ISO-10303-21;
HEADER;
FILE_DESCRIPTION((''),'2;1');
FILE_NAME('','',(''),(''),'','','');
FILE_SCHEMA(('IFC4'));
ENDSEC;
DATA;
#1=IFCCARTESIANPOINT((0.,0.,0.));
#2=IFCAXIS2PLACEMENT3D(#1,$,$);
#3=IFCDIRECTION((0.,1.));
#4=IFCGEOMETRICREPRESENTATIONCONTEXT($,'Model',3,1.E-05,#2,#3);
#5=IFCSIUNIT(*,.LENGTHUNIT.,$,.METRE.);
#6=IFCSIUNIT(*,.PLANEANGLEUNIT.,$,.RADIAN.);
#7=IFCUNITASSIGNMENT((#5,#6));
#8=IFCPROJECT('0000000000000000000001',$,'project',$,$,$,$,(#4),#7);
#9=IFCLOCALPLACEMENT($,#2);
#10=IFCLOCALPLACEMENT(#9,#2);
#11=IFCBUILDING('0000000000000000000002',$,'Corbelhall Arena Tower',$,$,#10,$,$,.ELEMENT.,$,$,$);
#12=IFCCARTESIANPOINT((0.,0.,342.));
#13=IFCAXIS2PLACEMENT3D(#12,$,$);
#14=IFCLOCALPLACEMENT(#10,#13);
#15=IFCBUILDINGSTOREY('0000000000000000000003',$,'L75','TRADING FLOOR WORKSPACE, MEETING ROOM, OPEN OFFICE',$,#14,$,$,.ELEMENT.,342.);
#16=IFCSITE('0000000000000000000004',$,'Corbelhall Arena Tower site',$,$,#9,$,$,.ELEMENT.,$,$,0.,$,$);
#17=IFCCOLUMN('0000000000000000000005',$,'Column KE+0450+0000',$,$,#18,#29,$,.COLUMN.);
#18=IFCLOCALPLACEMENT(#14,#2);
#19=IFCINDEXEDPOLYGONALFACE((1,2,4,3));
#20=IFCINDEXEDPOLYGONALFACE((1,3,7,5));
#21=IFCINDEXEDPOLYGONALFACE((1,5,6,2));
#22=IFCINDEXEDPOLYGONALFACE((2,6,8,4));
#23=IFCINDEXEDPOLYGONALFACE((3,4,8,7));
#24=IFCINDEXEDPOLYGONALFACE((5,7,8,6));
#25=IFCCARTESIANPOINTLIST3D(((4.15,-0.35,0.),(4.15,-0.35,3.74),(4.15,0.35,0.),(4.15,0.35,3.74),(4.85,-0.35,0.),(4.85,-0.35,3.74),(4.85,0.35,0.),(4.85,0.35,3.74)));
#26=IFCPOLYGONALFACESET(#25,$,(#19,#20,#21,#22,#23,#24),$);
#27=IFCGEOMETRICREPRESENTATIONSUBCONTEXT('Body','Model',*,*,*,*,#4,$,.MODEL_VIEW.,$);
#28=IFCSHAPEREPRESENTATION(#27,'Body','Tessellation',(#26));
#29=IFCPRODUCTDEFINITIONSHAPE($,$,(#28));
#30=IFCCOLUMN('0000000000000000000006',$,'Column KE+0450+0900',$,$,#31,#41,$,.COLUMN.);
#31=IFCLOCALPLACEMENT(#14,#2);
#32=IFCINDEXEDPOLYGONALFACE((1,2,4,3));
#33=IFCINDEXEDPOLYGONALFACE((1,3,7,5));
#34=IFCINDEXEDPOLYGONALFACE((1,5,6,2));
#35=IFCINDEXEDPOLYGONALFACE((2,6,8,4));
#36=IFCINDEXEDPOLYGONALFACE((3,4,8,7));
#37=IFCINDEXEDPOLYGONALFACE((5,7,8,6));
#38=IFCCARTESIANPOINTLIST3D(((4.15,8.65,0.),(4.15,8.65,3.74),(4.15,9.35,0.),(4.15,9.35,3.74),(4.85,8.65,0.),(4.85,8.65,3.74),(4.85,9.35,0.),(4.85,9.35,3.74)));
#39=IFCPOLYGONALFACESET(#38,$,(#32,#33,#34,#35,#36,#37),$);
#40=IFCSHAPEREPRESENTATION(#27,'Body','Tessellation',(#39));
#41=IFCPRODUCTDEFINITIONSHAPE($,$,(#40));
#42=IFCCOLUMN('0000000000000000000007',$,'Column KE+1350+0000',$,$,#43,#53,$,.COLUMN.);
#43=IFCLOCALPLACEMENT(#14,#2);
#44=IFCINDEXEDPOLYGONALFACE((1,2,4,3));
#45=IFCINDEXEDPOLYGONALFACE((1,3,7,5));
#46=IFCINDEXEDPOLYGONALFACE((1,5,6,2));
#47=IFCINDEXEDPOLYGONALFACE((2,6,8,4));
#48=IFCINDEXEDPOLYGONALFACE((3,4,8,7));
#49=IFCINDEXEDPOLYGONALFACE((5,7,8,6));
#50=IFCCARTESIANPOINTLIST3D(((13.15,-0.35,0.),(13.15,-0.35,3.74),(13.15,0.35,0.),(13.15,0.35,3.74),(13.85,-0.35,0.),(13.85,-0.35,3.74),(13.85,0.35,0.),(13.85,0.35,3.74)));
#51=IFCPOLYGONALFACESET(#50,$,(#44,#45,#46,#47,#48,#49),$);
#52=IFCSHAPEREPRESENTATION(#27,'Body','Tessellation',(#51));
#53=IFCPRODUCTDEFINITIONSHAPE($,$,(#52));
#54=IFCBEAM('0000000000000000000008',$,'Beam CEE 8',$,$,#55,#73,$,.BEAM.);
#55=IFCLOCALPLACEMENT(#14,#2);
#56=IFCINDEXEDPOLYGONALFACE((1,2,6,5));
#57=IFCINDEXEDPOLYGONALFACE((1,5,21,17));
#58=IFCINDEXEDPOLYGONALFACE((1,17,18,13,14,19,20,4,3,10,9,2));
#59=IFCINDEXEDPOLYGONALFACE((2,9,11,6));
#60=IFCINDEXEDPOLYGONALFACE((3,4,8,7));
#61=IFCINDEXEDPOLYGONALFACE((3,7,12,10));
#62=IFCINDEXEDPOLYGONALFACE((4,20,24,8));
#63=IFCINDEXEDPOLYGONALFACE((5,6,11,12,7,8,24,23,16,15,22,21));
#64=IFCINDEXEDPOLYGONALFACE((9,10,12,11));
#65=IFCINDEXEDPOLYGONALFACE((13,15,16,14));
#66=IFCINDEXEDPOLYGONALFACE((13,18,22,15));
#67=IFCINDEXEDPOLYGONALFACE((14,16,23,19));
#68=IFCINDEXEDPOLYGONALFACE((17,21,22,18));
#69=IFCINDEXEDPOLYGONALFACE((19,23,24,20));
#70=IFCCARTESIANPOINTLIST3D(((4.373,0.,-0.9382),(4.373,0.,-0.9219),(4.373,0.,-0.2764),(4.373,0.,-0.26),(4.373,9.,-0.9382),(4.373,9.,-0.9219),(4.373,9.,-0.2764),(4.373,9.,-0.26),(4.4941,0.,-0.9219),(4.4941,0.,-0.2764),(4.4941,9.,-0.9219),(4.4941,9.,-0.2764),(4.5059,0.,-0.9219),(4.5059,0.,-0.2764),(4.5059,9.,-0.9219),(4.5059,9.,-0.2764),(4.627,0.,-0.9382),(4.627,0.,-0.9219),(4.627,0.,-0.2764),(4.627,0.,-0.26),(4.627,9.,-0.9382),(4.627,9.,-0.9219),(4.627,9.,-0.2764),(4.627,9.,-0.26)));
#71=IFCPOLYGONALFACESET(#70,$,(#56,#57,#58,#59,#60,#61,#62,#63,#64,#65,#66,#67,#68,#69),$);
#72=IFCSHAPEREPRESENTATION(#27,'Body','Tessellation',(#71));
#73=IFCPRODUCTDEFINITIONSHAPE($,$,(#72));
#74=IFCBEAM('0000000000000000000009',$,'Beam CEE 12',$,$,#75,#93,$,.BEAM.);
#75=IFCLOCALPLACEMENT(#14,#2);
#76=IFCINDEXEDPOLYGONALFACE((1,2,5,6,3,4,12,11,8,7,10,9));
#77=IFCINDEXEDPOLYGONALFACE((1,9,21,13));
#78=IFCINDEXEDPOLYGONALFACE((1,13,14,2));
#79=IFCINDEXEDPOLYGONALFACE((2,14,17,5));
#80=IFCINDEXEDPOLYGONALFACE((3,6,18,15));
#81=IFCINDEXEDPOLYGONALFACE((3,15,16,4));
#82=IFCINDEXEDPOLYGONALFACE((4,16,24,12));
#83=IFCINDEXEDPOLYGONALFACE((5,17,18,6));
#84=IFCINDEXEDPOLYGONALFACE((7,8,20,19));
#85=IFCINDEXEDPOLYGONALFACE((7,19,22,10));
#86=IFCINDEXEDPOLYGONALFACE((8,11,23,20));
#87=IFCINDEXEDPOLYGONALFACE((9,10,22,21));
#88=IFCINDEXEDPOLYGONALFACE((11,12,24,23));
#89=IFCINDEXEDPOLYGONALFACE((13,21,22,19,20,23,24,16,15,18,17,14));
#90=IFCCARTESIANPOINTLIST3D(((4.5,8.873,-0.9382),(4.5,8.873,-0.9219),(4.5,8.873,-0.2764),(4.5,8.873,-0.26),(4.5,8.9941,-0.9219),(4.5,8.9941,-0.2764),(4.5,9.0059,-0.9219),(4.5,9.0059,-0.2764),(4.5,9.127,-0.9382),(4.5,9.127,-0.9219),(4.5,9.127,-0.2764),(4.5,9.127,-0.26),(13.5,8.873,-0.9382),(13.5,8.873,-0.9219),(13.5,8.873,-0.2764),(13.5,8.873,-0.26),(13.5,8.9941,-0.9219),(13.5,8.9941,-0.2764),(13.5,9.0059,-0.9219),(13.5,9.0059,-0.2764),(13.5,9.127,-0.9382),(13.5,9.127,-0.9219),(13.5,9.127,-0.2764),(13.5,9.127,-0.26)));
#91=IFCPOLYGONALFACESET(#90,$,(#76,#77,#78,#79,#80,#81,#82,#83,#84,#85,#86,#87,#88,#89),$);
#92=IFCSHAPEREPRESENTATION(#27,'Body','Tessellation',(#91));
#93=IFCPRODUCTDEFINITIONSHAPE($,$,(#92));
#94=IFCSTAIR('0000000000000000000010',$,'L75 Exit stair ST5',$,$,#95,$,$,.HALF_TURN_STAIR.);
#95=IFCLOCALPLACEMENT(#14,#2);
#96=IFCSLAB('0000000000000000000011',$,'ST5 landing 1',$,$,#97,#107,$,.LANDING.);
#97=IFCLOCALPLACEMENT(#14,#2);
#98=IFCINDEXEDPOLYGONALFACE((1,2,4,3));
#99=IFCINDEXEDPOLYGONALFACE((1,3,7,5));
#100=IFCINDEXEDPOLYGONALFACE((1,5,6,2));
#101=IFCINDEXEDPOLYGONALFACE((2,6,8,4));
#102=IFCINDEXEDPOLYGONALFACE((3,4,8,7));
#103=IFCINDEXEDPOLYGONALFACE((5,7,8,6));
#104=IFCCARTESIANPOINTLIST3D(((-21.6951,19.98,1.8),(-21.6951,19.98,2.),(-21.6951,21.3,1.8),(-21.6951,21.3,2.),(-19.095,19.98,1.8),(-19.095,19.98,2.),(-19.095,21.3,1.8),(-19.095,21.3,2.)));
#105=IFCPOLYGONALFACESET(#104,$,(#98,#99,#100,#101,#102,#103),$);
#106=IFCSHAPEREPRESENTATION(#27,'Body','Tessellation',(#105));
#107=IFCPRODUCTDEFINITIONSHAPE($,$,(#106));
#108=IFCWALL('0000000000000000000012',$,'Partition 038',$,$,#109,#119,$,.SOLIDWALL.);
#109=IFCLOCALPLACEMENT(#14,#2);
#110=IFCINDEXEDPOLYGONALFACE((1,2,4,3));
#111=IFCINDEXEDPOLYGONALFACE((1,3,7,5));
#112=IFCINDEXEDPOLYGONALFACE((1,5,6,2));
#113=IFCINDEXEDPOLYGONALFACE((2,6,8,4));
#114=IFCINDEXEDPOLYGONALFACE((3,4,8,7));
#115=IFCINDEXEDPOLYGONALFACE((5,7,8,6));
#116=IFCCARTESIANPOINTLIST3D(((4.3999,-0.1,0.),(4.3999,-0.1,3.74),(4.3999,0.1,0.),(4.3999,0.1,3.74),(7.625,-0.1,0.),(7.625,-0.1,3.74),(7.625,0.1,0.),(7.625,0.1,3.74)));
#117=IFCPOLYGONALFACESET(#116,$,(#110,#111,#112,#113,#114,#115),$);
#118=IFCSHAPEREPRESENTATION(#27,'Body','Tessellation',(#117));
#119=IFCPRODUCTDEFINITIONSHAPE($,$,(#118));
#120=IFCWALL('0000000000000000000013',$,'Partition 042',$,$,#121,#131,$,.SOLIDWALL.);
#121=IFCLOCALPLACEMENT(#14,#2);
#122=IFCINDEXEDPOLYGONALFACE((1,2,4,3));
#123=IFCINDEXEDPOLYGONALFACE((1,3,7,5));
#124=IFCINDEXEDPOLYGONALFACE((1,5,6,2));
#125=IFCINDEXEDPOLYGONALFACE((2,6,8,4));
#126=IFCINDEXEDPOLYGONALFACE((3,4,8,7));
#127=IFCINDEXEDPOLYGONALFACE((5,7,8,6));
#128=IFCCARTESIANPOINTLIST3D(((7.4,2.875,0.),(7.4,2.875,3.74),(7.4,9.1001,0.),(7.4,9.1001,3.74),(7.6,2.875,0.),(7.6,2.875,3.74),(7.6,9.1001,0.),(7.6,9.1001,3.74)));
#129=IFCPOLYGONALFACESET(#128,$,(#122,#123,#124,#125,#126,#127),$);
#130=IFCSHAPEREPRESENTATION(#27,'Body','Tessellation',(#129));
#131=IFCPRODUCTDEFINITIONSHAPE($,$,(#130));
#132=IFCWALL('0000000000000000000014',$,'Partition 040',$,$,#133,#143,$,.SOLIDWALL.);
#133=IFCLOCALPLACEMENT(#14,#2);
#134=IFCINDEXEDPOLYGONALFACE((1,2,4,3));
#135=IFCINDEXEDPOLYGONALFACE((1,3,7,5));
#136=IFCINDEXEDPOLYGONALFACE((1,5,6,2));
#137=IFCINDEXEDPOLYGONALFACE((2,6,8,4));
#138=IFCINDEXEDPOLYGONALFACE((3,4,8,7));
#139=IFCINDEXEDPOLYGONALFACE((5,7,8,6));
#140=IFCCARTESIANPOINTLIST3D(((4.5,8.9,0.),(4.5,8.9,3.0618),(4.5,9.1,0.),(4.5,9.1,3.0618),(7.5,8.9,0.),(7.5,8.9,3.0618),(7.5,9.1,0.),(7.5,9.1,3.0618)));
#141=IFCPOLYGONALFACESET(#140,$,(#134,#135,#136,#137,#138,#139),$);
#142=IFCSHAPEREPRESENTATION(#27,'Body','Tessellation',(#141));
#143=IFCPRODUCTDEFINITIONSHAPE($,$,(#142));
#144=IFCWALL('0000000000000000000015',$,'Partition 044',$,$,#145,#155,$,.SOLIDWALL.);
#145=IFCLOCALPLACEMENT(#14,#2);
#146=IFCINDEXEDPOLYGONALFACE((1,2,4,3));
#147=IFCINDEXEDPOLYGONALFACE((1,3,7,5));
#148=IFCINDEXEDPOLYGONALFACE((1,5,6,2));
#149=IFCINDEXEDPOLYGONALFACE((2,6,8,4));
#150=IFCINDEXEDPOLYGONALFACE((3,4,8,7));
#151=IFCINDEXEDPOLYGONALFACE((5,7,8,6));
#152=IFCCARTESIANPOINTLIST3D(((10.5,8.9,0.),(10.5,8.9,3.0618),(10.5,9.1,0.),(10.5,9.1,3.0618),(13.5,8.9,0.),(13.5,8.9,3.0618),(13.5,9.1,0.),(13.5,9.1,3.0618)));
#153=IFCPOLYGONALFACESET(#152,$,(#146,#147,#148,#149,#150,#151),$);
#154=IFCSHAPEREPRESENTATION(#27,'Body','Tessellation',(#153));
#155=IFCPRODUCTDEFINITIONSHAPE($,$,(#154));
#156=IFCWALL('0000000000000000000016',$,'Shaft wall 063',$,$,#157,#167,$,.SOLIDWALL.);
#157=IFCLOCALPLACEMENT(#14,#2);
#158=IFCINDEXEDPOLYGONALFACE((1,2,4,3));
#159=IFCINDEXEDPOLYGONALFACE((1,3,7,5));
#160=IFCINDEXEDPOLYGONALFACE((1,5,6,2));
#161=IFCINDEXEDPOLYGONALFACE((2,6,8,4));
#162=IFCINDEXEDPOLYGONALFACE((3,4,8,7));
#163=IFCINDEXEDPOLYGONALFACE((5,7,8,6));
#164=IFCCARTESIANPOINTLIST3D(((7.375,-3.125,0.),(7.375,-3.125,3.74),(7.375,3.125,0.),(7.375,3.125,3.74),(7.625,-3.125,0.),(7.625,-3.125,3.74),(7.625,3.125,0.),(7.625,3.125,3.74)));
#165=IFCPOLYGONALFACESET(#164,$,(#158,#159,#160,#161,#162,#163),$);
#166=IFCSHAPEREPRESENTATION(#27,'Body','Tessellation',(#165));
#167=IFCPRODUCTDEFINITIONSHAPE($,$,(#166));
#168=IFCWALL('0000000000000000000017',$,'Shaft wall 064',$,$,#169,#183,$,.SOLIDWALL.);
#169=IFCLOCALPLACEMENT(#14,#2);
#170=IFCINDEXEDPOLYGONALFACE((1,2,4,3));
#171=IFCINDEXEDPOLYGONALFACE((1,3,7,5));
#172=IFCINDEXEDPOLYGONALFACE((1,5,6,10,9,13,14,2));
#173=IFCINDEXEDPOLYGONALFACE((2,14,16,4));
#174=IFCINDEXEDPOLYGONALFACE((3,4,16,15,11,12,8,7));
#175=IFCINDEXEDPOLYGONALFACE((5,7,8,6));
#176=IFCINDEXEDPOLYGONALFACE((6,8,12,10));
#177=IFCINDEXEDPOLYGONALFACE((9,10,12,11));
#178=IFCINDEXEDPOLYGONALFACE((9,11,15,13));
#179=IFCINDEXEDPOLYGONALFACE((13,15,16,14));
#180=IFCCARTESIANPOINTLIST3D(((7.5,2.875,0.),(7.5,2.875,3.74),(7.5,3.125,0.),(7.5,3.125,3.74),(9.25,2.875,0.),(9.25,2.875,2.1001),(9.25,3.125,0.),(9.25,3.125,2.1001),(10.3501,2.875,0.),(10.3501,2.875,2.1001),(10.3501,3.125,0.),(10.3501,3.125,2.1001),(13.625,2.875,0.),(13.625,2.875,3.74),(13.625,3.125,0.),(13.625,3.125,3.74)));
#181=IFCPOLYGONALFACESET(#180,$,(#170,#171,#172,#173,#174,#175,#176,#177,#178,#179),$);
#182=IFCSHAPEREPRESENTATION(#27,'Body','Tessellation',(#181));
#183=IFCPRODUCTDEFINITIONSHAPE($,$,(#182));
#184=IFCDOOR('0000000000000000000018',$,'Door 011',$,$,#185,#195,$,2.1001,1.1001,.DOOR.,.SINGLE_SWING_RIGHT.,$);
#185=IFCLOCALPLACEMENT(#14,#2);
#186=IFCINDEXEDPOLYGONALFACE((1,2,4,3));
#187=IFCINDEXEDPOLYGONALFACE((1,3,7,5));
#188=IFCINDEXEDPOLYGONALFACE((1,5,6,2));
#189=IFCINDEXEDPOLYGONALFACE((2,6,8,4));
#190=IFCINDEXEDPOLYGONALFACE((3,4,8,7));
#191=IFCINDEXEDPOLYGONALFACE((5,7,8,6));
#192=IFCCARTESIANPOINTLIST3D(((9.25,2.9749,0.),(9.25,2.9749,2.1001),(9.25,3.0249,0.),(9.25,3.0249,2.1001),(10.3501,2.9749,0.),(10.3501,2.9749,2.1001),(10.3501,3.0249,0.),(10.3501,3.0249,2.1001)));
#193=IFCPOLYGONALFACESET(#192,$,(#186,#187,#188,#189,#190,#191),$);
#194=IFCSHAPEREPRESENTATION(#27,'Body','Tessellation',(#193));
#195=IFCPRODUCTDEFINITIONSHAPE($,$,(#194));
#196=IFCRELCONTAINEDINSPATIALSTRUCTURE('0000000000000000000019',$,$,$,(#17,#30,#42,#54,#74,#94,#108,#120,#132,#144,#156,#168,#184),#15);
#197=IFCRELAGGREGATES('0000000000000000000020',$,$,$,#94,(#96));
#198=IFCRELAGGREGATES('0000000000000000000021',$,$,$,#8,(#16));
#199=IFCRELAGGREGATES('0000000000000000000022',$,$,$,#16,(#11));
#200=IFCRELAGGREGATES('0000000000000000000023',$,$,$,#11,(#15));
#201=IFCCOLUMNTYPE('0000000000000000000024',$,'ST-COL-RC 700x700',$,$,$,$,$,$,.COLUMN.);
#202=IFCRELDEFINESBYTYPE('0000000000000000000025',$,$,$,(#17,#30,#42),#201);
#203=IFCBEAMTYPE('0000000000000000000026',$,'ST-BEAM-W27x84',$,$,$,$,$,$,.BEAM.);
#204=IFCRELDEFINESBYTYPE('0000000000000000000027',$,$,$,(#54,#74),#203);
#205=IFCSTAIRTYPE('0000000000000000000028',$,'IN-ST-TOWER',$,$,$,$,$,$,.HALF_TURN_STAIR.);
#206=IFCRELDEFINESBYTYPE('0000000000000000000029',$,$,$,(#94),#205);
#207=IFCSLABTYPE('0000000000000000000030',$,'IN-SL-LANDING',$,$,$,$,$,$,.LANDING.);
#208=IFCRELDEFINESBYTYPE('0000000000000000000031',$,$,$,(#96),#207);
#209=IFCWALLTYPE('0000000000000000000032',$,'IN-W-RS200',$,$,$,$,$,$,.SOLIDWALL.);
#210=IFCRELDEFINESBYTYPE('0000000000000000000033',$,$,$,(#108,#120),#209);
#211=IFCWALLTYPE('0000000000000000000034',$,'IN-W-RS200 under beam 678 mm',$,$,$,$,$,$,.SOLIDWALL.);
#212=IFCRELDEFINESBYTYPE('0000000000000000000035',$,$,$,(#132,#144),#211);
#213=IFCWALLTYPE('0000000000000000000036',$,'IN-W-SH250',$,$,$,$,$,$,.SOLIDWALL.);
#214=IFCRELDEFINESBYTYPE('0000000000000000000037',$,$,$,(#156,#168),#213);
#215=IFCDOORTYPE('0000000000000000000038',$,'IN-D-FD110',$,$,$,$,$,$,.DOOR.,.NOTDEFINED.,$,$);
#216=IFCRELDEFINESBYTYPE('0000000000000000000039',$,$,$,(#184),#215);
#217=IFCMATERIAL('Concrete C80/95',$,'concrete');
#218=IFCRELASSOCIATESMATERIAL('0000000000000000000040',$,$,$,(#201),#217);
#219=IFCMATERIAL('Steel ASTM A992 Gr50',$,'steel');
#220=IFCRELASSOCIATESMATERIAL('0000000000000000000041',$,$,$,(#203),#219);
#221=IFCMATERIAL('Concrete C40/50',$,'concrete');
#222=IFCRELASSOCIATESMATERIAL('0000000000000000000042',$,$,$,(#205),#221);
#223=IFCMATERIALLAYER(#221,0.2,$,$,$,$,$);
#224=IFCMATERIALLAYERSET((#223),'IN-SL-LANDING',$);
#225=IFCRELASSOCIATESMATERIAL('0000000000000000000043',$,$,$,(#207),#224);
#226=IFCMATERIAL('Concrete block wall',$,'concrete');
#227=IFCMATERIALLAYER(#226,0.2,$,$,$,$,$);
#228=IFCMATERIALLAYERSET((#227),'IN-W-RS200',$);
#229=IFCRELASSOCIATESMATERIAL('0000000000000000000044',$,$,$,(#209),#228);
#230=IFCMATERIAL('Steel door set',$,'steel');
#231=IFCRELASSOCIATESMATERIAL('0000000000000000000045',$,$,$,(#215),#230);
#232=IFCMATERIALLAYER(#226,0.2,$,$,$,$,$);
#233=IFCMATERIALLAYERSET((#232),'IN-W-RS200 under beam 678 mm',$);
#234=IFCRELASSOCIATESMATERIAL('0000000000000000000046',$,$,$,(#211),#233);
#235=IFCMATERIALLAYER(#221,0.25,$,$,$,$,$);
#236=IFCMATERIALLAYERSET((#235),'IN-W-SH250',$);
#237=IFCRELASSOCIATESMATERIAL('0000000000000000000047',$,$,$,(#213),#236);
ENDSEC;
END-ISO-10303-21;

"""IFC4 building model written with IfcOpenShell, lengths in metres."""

from ifc_helpers import new_model, si_unit, direction, frame, frame_2d, origin, origin_2d, place, context, subcontext, project, spatial, polyline, rectangle, i_section, outline, extrude, material, layer, layer_set, material_profile, profile_set, type_object, element, fill, aggregate, save


model = new_model("IFC4")

# Units and contexts
model_context = context("Model", 3, precision=1e-05, world=origin(), true_north=direction((0.0, 1.0)))
body_context = subcontext(model_context, "Body", "Model", "MODEL_VIEW")
ifc_project = project(units=[si_unit("LENGTHUNIT", "METRE"), si_unit("PLANEANGLEUNIT", "RADIAN")], contexts=[model_context])

# Site, building, storey
site_placement = place(None, origin())
site = spatial("IfcSite", under=ifc_project, at=site_placement, Name="Corbelhall Arena Tower site", CompositionType="ELEMENT", RefElevation=0.0)
building_placement = place(site_placement, origin())
building = spatial("IfcBuilding", under=site, at=building_placement, Name="Corbelhall Arena Tower", CompositionType="ELEMENT")
storey_placement = place(building_placement, frame((0.0, 0.0, 342.0)))
storey = spatial("IfcBuildingStorey", under=building, at=storey_placement, Name="L75", Description="TRADING FLOOR WORKSPACE, MEETING ROOM, OPEN OFFICE", CompositionType="ELEMENT", Elevation=342.0)

# Columns
ifc_material_1 = material(Name="Concrete C80/95", Category="concrete")
ifc_material_profile_1 = material_profile(ifc_material_1, rectangle(XDim=0.7, YDim=0.7, at=origin_2d()))
ifc_profile_set_1 = profile_set([ifc_material_profile_1], Name="Concrete C80/95")
column_type = type_object("IfcColumnType", Name="ST-COL-RC 700x700", PredefinedType="COLUMN", material=ifc_profile_set_1)
for number, where, z_axis, x_axis, name in (
    (1, (4.5, 0.0, 0.0), (0.0, 0.0, 1.0), (1.0, 0.0, 0.0), "Column KE+0450+0000"),
    (2, (4.5, 9.0, 0.0), (0.0, 0.0, 1.0), (1.0, 0.0, 0.0), "Column KE+0450+0900"),
    (3, (13.5, 0.0, 0.0), (0.0, 0.0, 1.0), (1.0, 0.0, 0.0), "Column KE+1350+0000"),
):
    element("IfcColumn", number, at=place(storey_placement, frame(where, z_axis=z_axis, x_axis=x_axis)), inside=storey, type_object=column_type, Name=name, PredefinedType="COLUMN", context=body_context, shape_type="SweptSolid", body=[
        extrude(rectangle(XDim=0.7, YDim=0.7, at=origin_2d()), origin(), (0.0, 0.0, 1.0), 3.74),
    ])

# Beams
ifc_material_2 = material(Name="Steel ASTM A992 Gr50", Category="steel")
ifc_material_profile_2 = material_profile(ifc_material_2, i_section(OverallWidth=0.2539, OverallDepth=0.6782, WebThickness=0.0117, FlangeThickness=0.0164, at=origin_2d()))
ifc_profile_set_2 = profile_set([ifc_material_profile_2], Name="Steel ASTM A992 Gr50")
beam_type = type_object("IfcBeamType", Name="ST-BEAM-W27x84", PredefinedType="BEAM", material=ifc_profile_set_2)
for number, where, z_axis, x_axis, name in (
    (4, (4.5, 0.0, -0.5991), (0.0, 1.0, 0.0), (-1.0, 0.0, 0.0), "Beam CEE 8"),
    (5, (4.5, 9.0, -0.5991), (1.0, 0.0, 0.0), (0.0, 1.0, 0.0), "Beam CEE 12"),
):
    element("IfcBeam", number, at=place(storey_placement, frame(where, z_axis=z_axis, x_axis=x_axis)), inside=storey, type_object=beam_type, Name=name, PredefinedType="BEAM", context=body_context, shape_type="SweptSolid", body=[
        extrude(i_section(OverallWidth=0.2539, OverallDepth=0.6782, WebThickness=0.0117, FlangeThickness=0.0164, at=origin_2d()), origin(), (0.0, 0.0, 1.0), 9.0),
    ])

# Stair, slab
ifc_material_3 = material(Name="Concrete C40/50", Category="concrete")
stair_type = type_object("IfcStairType", Name="IN-ST-TOWER", PredefinedType="HALF_TURN_STAIR", material=ifc_material_3)
stair_1_placement = place(storey_placement, origin())
stair_1 = element("IfcStair", 6, at=stair_1_placement, inside=storey, type_object=stair_type, Name="L75 Exit stair ST5", PredefinedType="HALF_TURN_STAIR")
ifc_layer_1 = layer(ifc_material_3, 0.2)
ifc_layer_set_1 = layer_set([ifc_layer_1], Name="IN-SL-LANDING")
slab_type = type_object("IfcSlabType", Name="IN-SL-LANDING", PredefinedType="LANDING", material=ifc_layer_set_1)
slab_placement = place(storey_placement, frame((0.0, 0.0, 1.8)))
slab = element("IfcSlab", 7, at=slab_placement, type_object=slab_type, Name="ST5 landing 1", PredefinedType="LANDING", context=body_context, shape_type="SweptSolid", body=[
    extrude(outline(polyline([(-19.095, 19.98), (-19.095, 21.3), (-21.6951, 21.3), (-21.6951, 19.98), (-19.095, 19.98)])), origin(), (0.0, 0.0, 1.0), 0.2),
])
aggregate(stair_1, [slab])

# Walls
ifc_material_4 = material(Name="Concrete block wall", Category="concrete")
ifc_layer_2 = layer(ifc_material_4, 0.2)
ifc_layer_set_2 = layer_set([ifc_layer_2], Name="IN-W-RS200")
wall_type_1 = type_object("IfcWallType", Name="IN-W-RS200", PredefinedType="SOLIDWALL", material=ifc_layer_set_2)
wall_1_placement = place(storey_placement, frame((4.3999, 0.0, 0.0), z_axis=(0.0, 0.0, 1.0), x_axis=(1.0, 0.0, 0.0)))
element("IfcWall", 8, at=wall_1_placement, inside=storey, type_object=wall_type_1, Name="Partition 038", PredefinedType="SOLIDWALL", context=body_context, shape_type="SweptSolid", body=[
    extrude(rectangle(XDim=3.2251, YDim=0.2, at=frame_2d((1.6125, 0.0))), origin(), (0.0, 0.0, 1.0), 3.74),
])
wall_2_placement = place(storey_placement, frame((7.5, 9.1001, 0.0), z_axis=(0.0, 0.0, 1.0), x_axis=(0.0, -1.0, 0.0)))
element("IfcWall", 9, at=wall_2_placement, inside=storey, type_object=wall_type_1, Name="Partition 042", PredefinedType="SOLIDWALL", context=body_context, shape_type="SweptSolid", body=[
    extrude(rectangle(XDim=6.2251, YDim=0.2, at=frame_2d((3.1125, 0.0))), origin(), (0.0, 0.0, 1.0), 3.74),
])

# Shared definitions
ifc_material_5 = material(Name="Steel door set", Category="steel")
door_type_1 = type_object("IfcDoorType", Name="IN-D-FD110", OperationType="NOTDEFINED", PredefinedType="DOOR", material=ifc_material_5)

# Walls
ifc_layer_3 = layer(ifc_material_4, 0.2)
ifc_layer_set_3 = layer_set([ifc_layer_3], Name="IN-W-RS200 under beam 678 mm")
wall_type_2 = type_object("IfcWallType", Name="IN-W-RS200 under beam 678 mm", PredefinedType="SOLIDWALL", material=ifc_layer_set_3)
for number, where, z_axis, x_axis, name in (
    (10, (4.5, 9.0, 0.0), (0.0, 0.0, 1.0), (1.0, 0.0, 0.0), "Partition 040"),
    (11, (10.5, 9.0, 0.0), (0.0, 0.0, 1.0), (1.0, 0.0, 0.0), "Partition 044"),
):
    element("IfcWall", number, at=place(storey_placement, frame(where, z_axis=z_axis, x_axis=x_axis)), inside=storey, type_object=wall_type_2, Name=name, PredefinedType="SOLIDWALL", context=body_context, shape_type="SweptSolid", body=[
        extrude(rectangle(XDim=3.0, YDim=0.2, at=frame_2d((1.5, 0.0))), origin(), (0.0, 0.0, 1.0), 3.0618),
    ])
ifc_layer_4 = layer(ifc_material_3, 0.25)
ifc_layer_set_4 = layer_set([ifc_layer_4], Name="IN-W-SH250")
wall_type_3 = type_object("IfcWallType", Name="IN-W-SH250", PredefinedType="SOLIDWALL", material=ifc_layer_set_4)
wall_3_placement = place(storey_placement, frame((7.5, 3.125, 0.0), z_axis=(0.0, 0.0, 1.0), x_axis=(0.0, -1.0, 0.0)))
element("IfcWall", 12, at=wall_3_placement, inside=storey, type_object=wall_type_3, Name="Shaft wall 063", PredefinedType="SOLIDWALL", context=body_context, shape_type="SweptSolid", body=[
    extrude(rectangle(XDim=6.25, YDim=0.25, at=frame_2d((3.125, 0.0))), origin(), (0.0, 0.0, 1.0), 3.74),
])

# Wall, opening, door
wall_4_placement = place(storey_placement, frame((7.5, 3.0, 0.0), z_axis=(0.0, 0.0, 1.0), x_axis=(1.0, 0.0, 0.0)))
wall_4 = element("IfcWall", 13, at=wall_4_placement, inside=storey, type_object=wall_type_3, Name="Shaft wall 064", PredefinedType="SOLIDWALL", context=body_context, shape_type="SweptSolid", body=[
    extrude(rectangle(XDim=6.125, YDim=0.25, at=frame_2d((3.0625, 0.0))), origin(), (0.0, 0.0, 1.0), 3.74),
])
opening_1_placement = place(wall_4_placement, frame((1.75, 0.0, 0.0)))
opening_1 = element("IfcOpeningElement", 14, at=opening_1_placement, cuts=wall_4, PredefinedType="OPENING", context=body_context, shape_type="SweptSolid", body=[
    extrude(rectangle(XDim=1.1001, YDim=2.1001, at=frame_2d((0.55, 1.05))), frame((0.0, 0.125, 0.0), z_axis=(0.0, -1.0, 0.0), x_axis=(1.0, 0.0, 0.0)), (0.0, 0.0, 1.0), 0.25),
])
door_1_placement = place(opening_1_placement, origin())
door_1 = element("IfcDoor", 15, at=door_1_placement, inside=storey, type_object=door_type_1, Name="Door 011", OperationType="SINGLE_SWING_RIGHT", OverallHeight=2.1001, OverallWidth=1.1001, PredefinedType="DOOR", context=body_context, shape_type="SweptSolid", body=[
    extrude(rectangle(XDim=1.1001, YDim=2.1001, at=frame_2d((0.55, 1.05))), frame((0.0, 0.0249, 0.0), z_axis=(0.0, -1.0, 0.0), x_axis=(1.0, 0.0, 0.0)), (0.0, 0.0, 1.0), 0.05),
])
fill(opening_1, door_1)

save(model, "model.ifc")
